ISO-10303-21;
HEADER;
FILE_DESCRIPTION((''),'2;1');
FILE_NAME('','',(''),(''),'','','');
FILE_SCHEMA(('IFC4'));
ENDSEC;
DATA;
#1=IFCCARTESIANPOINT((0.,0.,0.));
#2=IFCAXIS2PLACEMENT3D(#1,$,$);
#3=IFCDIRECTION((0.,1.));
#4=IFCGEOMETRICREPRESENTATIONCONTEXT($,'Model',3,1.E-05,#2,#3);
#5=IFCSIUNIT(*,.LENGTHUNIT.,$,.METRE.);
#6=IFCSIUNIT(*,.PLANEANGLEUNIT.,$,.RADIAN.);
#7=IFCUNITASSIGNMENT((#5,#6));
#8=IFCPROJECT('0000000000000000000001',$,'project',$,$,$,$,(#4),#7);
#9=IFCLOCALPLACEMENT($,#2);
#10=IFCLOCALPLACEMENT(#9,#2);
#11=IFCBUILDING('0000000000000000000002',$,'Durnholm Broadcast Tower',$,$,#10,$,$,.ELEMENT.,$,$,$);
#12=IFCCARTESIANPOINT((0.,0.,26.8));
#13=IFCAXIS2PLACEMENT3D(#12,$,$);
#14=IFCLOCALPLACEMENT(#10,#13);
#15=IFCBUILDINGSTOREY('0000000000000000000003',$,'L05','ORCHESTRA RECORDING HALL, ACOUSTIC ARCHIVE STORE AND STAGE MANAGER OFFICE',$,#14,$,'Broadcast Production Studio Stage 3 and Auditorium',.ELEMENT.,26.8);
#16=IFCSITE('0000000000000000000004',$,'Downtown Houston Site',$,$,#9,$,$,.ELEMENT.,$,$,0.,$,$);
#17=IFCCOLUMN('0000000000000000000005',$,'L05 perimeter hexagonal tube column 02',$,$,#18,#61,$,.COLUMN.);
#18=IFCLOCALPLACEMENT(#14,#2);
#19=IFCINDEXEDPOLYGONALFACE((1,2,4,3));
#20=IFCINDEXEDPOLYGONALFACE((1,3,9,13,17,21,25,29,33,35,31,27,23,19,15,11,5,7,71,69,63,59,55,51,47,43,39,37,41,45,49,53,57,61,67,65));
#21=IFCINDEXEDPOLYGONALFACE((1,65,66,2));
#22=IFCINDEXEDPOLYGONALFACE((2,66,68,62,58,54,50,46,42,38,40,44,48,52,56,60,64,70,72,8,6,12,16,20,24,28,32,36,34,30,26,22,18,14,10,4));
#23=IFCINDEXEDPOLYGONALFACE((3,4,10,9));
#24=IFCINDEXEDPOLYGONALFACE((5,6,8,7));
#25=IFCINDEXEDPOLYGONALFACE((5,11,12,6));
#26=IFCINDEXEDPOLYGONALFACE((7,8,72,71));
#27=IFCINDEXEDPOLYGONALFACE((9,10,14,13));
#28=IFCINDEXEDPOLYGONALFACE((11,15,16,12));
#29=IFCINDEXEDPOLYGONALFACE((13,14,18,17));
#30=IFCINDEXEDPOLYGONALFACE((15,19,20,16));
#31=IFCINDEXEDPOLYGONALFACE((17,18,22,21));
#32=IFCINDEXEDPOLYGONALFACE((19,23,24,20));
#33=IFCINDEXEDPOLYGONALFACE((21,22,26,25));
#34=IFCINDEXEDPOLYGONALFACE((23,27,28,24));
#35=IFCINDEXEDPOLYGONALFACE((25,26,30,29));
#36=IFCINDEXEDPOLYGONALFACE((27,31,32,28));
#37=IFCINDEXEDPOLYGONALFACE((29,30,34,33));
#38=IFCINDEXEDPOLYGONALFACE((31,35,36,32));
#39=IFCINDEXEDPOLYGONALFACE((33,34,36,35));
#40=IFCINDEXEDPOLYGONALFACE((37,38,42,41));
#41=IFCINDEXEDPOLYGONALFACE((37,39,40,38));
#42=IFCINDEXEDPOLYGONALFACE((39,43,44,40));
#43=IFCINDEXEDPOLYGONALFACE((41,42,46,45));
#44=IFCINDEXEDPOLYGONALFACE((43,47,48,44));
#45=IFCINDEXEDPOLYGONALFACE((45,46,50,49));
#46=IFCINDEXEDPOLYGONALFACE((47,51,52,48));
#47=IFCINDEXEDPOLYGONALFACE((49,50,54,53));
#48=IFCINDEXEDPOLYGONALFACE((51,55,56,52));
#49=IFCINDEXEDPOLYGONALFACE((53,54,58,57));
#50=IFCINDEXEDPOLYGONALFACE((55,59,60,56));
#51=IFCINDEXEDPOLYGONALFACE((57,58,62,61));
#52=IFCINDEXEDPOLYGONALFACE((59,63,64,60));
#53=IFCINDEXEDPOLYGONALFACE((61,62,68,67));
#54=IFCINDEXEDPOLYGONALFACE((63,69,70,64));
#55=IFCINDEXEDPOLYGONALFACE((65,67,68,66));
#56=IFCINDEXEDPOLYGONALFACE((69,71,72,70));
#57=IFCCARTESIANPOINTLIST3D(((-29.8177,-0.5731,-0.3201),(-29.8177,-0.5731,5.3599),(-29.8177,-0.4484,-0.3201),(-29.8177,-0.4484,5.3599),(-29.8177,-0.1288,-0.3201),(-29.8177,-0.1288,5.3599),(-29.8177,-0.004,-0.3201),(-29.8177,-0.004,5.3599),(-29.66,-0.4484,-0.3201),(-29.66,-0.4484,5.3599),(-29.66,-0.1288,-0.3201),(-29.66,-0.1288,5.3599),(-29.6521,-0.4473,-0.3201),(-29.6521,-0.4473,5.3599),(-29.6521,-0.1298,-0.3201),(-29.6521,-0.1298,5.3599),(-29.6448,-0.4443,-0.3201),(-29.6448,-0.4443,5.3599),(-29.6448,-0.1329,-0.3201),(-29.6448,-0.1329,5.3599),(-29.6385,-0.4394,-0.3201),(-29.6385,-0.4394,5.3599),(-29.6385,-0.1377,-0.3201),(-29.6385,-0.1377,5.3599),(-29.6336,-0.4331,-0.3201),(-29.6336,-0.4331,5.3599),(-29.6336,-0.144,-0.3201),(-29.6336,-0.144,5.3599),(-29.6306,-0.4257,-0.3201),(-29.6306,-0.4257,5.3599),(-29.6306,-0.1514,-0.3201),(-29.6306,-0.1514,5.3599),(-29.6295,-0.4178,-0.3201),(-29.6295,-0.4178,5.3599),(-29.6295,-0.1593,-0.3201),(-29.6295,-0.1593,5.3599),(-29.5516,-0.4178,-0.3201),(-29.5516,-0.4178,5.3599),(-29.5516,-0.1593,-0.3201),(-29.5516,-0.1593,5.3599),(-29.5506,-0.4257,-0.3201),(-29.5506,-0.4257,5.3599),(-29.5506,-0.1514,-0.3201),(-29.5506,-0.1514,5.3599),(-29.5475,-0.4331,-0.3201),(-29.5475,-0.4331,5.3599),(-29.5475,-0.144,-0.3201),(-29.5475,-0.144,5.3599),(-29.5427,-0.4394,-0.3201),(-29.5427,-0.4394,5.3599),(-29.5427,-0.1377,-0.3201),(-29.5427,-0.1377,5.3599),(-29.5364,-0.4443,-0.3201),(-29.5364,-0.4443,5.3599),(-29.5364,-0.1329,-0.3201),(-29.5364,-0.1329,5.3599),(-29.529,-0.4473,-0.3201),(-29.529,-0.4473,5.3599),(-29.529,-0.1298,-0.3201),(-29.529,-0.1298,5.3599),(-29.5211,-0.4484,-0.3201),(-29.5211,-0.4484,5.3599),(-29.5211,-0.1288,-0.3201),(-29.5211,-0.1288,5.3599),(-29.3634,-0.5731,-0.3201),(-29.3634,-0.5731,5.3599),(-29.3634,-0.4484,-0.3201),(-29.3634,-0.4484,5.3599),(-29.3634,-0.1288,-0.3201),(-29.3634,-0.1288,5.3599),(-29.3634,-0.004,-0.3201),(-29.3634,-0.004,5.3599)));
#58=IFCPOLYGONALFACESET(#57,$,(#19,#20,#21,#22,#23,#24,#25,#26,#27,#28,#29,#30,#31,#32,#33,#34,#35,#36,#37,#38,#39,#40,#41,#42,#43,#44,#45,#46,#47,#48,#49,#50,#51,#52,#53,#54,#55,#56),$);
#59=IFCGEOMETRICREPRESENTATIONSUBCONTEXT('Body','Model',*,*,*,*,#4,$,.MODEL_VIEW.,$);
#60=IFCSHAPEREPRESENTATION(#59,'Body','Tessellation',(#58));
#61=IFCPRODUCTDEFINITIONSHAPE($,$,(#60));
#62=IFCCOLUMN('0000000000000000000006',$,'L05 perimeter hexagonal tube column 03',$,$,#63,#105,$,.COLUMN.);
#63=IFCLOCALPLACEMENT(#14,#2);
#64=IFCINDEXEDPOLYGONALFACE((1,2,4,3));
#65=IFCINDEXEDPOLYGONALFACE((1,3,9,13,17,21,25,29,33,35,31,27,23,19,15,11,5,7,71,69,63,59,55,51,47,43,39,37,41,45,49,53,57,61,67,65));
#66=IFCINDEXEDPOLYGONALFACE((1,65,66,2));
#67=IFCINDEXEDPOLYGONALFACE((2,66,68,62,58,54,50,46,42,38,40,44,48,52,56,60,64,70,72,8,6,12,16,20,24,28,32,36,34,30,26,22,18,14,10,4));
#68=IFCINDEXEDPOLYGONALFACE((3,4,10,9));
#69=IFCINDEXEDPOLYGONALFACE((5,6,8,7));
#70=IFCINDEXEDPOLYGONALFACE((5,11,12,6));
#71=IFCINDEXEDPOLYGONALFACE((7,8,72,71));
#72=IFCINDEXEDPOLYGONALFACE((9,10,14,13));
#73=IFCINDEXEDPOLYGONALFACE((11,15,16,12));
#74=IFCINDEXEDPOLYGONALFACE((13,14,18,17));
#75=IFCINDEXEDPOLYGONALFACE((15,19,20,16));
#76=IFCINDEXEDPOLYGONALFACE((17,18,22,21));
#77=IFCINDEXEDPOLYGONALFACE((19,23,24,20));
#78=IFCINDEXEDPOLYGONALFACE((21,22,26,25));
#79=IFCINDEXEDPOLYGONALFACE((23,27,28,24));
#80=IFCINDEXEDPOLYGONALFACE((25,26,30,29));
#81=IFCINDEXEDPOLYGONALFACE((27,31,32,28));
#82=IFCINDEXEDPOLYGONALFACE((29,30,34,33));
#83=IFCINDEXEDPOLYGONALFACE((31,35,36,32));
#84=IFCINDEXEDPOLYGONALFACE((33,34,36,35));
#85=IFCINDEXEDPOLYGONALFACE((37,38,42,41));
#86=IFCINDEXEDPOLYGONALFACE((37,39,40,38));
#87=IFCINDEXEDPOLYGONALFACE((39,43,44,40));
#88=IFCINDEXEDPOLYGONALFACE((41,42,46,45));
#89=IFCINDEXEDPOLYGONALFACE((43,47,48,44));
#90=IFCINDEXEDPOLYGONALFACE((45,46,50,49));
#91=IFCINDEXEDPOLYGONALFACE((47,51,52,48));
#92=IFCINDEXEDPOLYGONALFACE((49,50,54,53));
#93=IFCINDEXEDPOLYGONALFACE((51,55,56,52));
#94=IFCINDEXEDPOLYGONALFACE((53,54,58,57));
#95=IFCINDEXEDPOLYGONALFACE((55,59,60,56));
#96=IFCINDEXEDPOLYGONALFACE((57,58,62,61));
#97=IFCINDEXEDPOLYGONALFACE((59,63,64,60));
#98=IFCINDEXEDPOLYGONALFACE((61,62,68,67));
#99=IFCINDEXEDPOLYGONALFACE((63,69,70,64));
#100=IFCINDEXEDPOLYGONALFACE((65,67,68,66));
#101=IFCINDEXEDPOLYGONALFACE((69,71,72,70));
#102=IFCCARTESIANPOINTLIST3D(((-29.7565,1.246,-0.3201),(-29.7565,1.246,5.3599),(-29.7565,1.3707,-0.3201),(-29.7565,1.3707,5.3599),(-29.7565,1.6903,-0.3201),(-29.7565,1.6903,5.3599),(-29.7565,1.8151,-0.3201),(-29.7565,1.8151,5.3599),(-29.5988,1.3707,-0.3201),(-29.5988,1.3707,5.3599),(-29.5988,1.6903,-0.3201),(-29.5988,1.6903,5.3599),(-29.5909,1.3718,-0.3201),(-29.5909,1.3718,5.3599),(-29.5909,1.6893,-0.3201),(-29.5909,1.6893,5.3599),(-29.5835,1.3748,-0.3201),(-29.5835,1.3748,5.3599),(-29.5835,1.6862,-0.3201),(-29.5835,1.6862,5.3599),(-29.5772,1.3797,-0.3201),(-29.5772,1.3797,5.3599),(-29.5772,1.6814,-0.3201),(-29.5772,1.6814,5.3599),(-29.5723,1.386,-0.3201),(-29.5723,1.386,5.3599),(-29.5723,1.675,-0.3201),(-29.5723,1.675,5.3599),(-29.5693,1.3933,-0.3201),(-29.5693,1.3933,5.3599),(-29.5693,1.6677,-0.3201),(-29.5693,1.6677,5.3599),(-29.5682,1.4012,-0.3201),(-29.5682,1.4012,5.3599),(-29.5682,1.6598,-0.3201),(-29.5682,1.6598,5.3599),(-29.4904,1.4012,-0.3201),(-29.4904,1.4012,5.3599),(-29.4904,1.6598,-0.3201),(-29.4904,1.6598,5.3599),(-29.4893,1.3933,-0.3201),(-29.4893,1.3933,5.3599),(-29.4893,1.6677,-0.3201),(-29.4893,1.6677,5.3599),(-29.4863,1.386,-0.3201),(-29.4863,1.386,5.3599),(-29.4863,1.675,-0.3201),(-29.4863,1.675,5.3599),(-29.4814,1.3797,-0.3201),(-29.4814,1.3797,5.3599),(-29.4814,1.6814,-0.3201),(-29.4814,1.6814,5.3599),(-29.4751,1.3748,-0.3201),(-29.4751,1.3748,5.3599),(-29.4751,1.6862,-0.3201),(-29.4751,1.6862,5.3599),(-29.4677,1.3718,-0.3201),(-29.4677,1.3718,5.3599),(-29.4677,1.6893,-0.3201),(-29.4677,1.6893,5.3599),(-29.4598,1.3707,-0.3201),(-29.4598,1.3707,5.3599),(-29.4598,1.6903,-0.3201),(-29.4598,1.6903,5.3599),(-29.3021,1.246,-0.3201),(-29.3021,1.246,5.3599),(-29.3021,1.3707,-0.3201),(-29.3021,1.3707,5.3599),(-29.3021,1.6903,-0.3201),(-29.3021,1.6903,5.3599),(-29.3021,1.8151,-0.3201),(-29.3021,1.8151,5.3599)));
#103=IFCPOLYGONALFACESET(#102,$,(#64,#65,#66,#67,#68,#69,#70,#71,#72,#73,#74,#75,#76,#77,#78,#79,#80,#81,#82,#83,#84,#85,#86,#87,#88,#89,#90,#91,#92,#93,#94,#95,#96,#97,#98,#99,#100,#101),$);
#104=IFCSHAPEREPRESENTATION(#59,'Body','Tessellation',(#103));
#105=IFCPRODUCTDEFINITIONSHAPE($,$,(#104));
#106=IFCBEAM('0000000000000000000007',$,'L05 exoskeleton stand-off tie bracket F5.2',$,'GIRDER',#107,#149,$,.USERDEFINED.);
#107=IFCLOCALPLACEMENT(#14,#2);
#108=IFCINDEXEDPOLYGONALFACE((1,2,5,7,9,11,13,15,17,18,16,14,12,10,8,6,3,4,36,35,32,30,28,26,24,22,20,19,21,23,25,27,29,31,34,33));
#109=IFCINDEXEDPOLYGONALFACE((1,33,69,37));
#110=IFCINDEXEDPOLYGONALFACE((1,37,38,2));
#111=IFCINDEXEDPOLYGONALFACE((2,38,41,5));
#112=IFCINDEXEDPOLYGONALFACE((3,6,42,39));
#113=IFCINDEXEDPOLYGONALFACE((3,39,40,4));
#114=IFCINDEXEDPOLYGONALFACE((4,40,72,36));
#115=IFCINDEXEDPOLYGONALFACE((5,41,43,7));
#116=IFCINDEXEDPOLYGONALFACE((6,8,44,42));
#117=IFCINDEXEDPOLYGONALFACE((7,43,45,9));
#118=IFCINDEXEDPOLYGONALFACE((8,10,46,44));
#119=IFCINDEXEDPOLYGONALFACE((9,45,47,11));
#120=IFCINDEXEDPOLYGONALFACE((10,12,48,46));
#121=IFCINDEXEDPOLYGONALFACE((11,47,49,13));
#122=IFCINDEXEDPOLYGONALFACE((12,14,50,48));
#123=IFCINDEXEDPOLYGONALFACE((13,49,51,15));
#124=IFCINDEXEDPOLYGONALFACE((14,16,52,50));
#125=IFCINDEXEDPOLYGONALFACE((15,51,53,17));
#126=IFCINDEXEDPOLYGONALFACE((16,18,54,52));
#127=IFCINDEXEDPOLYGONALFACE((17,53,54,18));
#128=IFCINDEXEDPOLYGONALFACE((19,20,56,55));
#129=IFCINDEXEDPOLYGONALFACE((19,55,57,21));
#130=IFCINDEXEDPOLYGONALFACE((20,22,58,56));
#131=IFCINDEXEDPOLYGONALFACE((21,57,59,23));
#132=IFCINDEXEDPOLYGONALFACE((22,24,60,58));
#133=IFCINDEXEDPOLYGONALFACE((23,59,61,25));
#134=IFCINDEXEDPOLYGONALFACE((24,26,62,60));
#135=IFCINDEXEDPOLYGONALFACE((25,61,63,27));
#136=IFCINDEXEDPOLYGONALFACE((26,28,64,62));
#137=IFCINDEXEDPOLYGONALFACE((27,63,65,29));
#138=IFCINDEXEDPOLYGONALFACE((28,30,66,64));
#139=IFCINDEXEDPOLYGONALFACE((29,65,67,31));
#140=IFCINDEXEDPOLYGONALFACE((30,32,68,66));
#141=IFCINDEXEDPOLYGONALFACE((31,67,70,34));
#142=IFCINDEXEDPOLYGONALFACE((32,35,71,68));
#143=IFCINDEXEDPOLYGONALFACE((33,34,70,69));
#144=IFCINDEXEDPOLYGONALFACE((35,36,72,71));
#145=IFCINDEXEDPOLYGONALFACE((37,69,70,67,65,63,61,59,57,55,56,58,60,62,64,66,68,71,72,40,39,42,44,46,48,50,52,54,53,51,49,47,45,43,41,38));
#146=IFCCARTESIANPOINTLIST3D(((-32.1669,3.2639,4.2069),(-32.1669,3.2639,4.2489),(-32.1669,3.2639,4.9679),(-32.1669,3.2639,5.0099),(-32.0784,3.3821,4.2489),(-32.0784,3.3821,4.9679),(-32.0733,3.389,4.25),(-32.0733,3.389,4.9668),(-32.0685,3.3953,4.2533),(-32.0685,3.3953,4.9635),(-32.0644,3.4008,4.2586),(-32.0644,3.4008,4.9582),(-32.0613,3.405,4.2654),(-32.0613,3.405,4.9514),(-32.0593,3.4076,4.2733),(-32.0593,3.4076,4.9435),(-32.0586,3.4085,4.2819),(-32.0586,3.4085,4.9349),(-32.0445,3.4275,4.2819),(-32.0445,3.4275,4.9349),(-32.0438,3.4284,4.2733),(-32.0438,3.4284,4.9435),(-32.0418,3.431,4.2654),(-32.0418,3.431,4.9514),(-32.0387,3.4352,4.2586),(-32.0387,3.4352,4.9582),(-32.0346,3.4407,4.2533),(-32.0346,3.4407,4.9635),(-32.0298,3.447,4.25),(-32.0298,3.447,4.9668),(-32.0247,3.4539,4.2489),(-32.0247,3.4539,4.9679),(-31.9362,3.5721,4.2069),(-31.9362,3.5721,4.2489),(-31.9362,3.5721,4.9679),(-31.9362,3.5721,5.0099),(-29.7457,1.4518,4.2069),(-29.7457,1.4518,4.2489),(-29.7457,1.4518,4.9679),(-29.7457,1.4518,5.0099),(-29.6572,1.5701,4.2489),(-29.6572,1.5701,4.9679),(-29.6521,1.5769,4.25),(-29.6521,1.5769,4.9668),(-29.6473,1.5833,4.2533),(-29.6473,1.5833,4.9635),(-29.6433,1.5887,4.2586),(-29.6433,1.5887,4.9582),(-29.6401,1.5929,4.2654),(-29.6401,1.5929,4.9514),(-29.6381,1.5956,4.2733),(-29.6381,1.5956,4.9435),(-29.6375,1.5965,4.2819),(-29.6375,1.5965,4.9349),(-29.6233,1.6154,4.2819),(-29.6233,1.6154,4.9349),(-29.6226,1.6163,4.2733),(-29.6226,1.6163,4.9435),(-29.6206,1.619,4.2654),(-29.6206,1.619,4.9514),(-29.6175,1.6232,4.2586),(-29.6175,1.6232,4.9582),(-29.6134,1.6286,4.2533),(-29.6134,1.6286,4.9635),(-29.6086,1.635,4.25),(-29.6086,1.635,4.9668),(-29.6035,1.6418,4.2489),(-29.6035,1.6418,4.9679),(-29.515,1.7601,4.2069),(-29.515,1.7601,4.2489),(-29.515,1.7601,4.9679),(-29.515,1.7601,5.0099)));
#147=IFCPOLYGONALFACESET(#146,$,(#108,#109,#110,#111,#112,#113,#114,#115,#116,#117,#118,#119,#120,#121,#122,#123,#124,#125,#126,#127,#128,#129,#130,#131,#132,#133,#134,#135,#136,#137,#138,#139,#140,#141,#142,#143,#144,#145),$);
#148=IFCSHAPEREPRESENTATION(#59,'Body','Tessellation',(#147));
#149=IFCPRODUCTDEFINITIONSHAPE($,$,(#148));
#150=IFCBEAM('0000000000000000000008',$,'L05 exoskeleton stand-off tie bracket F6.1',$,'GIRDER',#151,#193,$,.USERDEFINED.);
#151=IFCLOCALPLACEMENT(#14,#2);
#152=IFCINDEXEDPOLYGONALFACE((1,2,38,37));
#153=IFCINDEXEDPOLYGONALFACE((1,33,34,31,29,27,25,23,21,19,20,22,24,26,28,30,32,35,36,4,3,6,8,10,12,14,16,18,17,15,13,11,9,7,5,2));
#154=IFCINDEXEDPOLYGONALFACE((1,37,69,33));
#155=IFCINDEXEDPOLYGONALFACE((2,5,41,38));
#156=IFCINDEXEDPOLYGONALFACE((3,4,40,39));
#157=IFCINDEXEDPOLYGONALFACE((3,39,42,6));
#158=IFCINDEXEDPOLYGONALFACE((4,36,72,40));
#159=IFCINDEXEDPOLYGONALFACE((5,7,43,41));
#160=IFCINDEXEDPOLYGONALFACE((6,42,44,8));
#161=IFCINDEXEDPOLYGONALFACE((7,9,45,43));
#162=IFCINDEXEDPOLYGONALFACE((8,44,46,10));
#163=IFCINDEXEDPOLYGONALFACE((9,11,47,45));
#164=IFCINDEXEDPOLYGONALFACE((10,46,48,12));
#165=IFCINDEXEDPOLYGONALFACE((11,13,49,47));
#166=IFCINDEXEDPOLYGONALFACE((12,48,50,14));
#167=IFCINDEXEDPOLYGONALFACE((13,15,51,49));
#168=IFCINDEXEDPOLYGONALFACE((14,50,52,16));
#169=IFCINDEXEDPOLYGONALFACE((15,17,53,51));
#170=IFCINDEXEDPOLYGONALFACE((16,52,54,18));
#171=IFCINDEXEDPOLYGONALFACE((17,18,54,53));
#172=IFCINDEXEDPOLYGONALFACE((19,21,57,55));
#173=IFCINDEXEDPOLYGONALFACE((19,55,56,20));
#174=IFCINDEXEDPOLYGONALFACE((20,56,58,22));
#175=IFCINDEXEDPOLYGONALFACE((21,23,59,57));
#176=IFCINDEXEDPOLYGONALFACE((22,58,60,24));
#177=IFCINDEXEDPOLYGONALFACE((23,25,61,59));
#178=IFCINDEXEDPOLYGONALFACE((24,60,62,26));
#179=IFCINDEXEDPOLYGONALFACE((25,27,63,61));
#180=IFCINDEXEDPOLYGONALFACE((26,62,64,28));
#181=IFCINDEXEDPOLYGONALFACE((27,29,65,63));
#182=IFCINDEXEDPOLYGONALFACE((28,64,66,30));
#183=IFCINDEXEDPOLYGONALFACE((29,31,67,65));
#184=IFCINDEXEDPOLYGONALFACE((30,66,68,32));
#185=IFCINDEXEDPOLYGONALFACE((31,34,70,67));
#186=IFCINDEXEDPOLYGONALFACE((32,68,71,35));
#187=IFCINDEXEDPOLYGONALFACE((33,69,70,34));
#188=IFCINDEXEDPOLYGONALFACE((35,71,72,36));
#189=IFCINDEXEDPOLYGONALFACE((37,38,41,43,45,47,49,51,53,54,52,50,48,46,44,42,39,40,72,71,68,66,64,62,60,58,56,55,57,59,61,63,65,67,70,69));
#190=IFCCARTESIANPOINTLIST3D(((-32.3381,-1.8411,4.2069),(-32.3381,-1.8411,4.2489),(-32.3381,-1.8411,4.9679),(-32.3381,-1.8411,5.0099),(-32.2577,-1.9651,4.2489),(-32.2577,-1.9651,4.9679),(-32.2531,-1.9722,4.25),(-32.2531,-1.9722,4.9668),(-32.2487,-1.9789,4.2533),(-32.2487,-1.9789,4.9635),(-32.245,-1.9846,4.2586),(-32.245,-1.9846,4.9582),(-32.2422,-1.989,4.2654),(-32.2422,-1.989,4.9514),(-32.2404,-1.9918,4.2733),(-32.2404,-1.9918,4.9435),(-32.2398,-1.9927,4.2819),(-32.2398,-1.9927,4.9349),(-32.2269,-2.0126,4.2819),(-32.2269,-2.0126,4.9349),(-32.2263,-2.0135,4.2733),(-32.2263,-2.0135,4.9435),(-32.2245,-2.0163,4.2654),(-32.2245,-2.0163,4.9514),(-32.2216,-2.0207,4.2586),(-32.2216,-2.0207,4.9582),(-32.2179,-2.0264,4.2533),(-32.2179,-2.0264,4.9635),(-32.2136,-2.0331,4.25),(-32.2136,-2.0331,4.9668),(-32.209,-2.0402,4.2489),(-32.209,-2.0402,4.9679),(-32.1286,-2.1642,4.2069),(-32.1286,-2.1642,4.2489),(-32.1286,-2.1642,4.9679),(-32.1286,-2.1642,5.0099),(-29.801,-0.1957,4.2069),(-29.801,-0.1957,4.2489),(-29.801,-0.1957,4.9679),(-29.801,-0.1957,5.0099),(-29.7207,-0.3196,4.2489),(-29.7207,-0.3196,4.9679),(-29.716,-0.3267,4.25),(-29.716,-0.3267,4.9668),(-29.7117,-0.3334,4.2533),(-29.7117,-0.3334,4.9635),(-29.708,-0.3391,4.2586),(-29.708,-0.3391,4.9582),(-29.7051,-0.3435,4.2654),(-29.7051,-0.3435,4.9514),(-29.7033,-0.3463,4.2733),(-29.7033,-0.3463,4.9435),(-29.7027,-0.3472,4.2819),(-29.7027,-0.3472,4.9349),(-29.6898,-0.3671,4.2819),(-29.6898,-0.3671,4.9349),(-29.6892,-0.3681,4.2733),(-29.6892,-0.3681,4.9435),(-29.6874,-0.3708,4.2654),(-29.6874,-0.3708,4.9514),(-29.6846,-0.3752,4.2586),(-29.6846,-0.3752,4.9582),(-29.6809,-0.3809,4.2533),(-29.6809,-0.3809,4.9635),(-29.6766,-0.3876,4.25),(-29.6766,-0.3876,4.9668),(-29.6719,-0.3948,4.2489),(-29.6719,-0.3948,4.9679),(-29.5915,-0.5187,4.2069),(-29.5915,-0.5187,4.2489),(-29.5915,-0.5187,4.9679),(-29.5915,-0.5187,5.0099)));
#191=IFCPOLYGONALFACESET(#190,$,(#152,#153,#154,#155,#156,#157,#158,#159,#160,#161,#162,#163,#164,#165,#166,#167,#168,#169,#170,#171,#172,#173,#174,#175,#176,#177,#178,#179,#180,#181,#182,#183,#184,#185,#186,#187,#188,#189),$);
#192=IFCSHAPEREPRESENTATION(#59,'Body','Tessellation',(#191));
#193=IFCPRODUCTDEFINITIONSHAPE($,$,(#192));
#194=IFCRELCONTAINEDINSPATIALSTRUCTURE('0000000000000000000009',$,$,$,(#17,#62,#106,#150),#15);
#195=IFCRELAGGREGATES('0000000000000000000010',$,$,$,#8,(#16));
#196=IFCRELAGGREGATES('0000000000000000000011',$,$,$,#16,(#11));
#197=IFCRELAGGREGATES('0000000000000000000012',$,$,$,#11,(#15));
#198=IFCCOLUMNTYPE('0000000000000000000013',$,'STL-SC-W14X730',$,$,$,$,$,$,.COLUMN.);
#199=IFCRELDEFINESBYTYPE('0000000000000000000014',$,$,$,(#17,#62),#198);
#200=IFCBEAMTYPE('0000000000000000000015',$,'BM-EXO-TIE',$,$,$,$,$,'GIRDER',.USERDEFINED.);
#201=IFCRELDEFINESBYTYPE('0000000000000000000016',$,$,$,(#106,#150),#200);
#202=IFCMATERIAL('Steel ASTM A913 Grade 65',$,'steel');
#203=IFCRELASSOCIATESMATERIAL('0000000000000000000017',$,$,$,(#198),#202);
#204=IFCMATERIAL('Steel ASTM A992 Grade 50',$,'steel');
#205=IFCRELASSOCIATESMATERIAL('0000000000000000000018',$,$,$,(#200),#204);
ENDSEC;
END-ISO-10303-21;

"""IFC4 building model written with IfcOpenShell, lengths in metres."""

from ifc_helpers import new_model, si_unit, direction, frame, origin, origin_2d, place, context, subcontext, project, spatial, i_section, extrude, source, transform, mapped, material, material_profile, profile_set, type_object, type_shapes, element, save


model = new_model("IFC4")

# Units and contexts
model_context = context("Model", 3, precision=1e-05, world=origin(), true_north=direction((0.0, 1.0)))
body_context = subcontext(model_context, "Body", "Model", "MODEL_VIEW")
ifc_project = project(units=[si_unit("LENGTHUNIT", "METRE"), si_unit("PLANEANGLEUNIT", "RADIAN")], contexts=[model_context])

# Site, building, storey
site_placement = place(None, origin())
site = spatial("IfcSite", under=ifc_project, at=site_placement, Name="Downtown Houston Site", CompositionType="ELEMENT", RefElevation=0.0)
building_placement = place(site_placement, origin())
building = spatial("IfcBuilding", under=site, at=building_placement, Name="Durnholm Broadcast Tower", CompositionType="ELEMENT")
storey_placement = place(building_placement, frame((0.0, 0.0, 26.8)))
storey = spatial("IfcBuildingStorey", under=building, at=storey_placement, Name="L05", Description="ORCHESTRA RECORDING HALL, ACOUSTIC ARCHIVE STORE AND STAGE MANAGER OFFICE", LongName="Broadcast Production Studio Stage 3 and Auditorium", CompositionType="ELEMENT", Elevation=26.8)

# Columns
ifc_material_1 = material(Name="Steel ASTM A913 Grade 65", Category="steel")
ifc_material_profile_1 = material_profile(ifc_material_1, i_section(OverallWidth=0.4543, OverallDepth=0.5691, WebThickness=0.0779, FlangeThickness=0.1248, FilletRadius=0.0305, at=origin_2d()), Name="W14X730")
ifc_profile_set_1 = profile_set([ifc_material_profile_1], Name="Steel ASTM A913 Grade 65")
column_type = type_object("IfcColumnType", Name="STL-SC-W14X730", PredefinedType="COLUMN", material=ifc_profile_set_1)
shared_shape_1 = source(origin(), body_context, "Body", "SweptSolid", [
    extrude(i_section(OverallWidth=0.4543, OverallDepth=0.5691, WebThickness=0.0779, FlangeThickness=0.1248, FilletRadius=0.0305, at=origin_2d()), origin(), (0.0, 0.0, 1.0), 5.6799),
])
type_shapes(column_type, [shared_shape_1])
for number, where, z_axis, x_axis, name in (
    (1, (-29.5906, -0.2886, -0.3201), (0.0, 0.0, 1.0), (1.0, 0.0, 0.0), "L05 perimeter hexagonal tube column 02"),
    (2, (-29.5293, 1.5305, -0.3201), (0.0, 0.0, 1.0), (1.0, 0.0, 0.0), "L05 perimeter hexagonal tube column 03"),
):
    element("IfcColumn", number, at=place(storey_placement, frame(where, z_axis=z_axis, x_axis=x_axis)), inside=storey, type_object=column_type, Name=name, PredefinedType="COLUMN", context=body_context, shape_type="MappedRepresentation", body=[
        mapped(shared_shape_1, transform((0.0, 0.0, 0.0), x_axis=(1.0, 0.0, 0.0), y_axis=(0.0, 1.0, 0.0), z_axis=(0.0, 0.0, 1.0), scale=1.0)),
    ])

# Beams
ifc_material_2 = material(Name="Steel ASTM A992 Grade 50", Category="steel")
ifc_material_profile_2 = material_profile(ifc_material_2, i_section(OverallWidth=0.385, OverallDepth=0.803, WebThickness=0.0237, FlangeThickness=0.042, FilletRadius=0.033, at=origin_2d()), Name="W30X261")
ifc_profile_set_2 = profile_set([ifc_material_profile_2], Name="Steel ASTM A992 Grade 50")
beam_type_1 = type_object("IfcBeamType", Name="BM-EXO-TIE", ElementType="GIRDER", PredefinedType="USERDEFINED", material=ifc_profile_set_2)
shared_shape_2 = source(origin(), body_context, "Body", "SweptSolid", [
    extrude(i_section(OverallWidth=0.385, OverallDepth=0.803, WebThickness=0.0237, FlangeThickness=0.042, FilletRadius=0.033, at=origin_2d()), origin(), (0.0, 0.0, 1.0), 3.0242),
])
beam_1_placement = place(storey_placement, frame((-29.6304, 1.606, 4.6084), z_axis=(-0.80061, 0.599186, 0.0), x_axis=(-0.599186, -0.80061, 0.0)))
element("IfcBeam", 3, at=beam_1_placement, inside=storey, type_object=beam_type_1, Name="L05 exoskeleton stand-off tie bracket F5.2", ObjectType="GIRDER", PredefinedType="USERDEFINED", context=body_context, shape_type="MappedRepresentation", body=[
    mapped(shared_shape_2, transform((0.0, 0.0, 0.0), x_axis=(1.0, 0.0, 0.0), y_axis=(0.0, 1.0, 0.0), z_axis=(0.0, 0.0, 1.0), scale=1.0)),
])
shared_shape_3 = source(origin(), body_context, "Body", "SweptSolid", [
    extrude(i_section(OverallWidth=0.385, OverallDepth=0.803, WebThickness=0.0237, FlangeThickness=0.042, FilletRadius=0.033, at=origin_2d()), origin(), (0.0, 0.0, 1.0), 3.0239),
])
type_shapes(beam_type_1, [shared_shape_2, shared_shape_3])
beam_2_placement = place(storey_placement, frame((-29.6963, -0.3572, 4.6084), z_axis=(-0.838989, -0.544148, 0.0), x_axis=(0.544148, -0.838989, 0.0)))
element("IfcBeam", 4, at=beam_2_placement, inside=storey, type_object=beam_type_1, Name="L05 exoskeleton stand-off tie bracket F6.1", ObjectType="GIRDER", PredefinedType="USERDEFINED", context=body_context, shape_type="MappedRepresentation", body=[
    mapped(shared_shape_3, transform((0.0, 0.0, 0.0), x_axis=(1.0, 0.0, 0.0), y_axis=(0.0, 1.0, 0.0), z_axis=(0.0, 0.0, 1.0), scale=1.0)),
])

save(model, "model.ifc")
